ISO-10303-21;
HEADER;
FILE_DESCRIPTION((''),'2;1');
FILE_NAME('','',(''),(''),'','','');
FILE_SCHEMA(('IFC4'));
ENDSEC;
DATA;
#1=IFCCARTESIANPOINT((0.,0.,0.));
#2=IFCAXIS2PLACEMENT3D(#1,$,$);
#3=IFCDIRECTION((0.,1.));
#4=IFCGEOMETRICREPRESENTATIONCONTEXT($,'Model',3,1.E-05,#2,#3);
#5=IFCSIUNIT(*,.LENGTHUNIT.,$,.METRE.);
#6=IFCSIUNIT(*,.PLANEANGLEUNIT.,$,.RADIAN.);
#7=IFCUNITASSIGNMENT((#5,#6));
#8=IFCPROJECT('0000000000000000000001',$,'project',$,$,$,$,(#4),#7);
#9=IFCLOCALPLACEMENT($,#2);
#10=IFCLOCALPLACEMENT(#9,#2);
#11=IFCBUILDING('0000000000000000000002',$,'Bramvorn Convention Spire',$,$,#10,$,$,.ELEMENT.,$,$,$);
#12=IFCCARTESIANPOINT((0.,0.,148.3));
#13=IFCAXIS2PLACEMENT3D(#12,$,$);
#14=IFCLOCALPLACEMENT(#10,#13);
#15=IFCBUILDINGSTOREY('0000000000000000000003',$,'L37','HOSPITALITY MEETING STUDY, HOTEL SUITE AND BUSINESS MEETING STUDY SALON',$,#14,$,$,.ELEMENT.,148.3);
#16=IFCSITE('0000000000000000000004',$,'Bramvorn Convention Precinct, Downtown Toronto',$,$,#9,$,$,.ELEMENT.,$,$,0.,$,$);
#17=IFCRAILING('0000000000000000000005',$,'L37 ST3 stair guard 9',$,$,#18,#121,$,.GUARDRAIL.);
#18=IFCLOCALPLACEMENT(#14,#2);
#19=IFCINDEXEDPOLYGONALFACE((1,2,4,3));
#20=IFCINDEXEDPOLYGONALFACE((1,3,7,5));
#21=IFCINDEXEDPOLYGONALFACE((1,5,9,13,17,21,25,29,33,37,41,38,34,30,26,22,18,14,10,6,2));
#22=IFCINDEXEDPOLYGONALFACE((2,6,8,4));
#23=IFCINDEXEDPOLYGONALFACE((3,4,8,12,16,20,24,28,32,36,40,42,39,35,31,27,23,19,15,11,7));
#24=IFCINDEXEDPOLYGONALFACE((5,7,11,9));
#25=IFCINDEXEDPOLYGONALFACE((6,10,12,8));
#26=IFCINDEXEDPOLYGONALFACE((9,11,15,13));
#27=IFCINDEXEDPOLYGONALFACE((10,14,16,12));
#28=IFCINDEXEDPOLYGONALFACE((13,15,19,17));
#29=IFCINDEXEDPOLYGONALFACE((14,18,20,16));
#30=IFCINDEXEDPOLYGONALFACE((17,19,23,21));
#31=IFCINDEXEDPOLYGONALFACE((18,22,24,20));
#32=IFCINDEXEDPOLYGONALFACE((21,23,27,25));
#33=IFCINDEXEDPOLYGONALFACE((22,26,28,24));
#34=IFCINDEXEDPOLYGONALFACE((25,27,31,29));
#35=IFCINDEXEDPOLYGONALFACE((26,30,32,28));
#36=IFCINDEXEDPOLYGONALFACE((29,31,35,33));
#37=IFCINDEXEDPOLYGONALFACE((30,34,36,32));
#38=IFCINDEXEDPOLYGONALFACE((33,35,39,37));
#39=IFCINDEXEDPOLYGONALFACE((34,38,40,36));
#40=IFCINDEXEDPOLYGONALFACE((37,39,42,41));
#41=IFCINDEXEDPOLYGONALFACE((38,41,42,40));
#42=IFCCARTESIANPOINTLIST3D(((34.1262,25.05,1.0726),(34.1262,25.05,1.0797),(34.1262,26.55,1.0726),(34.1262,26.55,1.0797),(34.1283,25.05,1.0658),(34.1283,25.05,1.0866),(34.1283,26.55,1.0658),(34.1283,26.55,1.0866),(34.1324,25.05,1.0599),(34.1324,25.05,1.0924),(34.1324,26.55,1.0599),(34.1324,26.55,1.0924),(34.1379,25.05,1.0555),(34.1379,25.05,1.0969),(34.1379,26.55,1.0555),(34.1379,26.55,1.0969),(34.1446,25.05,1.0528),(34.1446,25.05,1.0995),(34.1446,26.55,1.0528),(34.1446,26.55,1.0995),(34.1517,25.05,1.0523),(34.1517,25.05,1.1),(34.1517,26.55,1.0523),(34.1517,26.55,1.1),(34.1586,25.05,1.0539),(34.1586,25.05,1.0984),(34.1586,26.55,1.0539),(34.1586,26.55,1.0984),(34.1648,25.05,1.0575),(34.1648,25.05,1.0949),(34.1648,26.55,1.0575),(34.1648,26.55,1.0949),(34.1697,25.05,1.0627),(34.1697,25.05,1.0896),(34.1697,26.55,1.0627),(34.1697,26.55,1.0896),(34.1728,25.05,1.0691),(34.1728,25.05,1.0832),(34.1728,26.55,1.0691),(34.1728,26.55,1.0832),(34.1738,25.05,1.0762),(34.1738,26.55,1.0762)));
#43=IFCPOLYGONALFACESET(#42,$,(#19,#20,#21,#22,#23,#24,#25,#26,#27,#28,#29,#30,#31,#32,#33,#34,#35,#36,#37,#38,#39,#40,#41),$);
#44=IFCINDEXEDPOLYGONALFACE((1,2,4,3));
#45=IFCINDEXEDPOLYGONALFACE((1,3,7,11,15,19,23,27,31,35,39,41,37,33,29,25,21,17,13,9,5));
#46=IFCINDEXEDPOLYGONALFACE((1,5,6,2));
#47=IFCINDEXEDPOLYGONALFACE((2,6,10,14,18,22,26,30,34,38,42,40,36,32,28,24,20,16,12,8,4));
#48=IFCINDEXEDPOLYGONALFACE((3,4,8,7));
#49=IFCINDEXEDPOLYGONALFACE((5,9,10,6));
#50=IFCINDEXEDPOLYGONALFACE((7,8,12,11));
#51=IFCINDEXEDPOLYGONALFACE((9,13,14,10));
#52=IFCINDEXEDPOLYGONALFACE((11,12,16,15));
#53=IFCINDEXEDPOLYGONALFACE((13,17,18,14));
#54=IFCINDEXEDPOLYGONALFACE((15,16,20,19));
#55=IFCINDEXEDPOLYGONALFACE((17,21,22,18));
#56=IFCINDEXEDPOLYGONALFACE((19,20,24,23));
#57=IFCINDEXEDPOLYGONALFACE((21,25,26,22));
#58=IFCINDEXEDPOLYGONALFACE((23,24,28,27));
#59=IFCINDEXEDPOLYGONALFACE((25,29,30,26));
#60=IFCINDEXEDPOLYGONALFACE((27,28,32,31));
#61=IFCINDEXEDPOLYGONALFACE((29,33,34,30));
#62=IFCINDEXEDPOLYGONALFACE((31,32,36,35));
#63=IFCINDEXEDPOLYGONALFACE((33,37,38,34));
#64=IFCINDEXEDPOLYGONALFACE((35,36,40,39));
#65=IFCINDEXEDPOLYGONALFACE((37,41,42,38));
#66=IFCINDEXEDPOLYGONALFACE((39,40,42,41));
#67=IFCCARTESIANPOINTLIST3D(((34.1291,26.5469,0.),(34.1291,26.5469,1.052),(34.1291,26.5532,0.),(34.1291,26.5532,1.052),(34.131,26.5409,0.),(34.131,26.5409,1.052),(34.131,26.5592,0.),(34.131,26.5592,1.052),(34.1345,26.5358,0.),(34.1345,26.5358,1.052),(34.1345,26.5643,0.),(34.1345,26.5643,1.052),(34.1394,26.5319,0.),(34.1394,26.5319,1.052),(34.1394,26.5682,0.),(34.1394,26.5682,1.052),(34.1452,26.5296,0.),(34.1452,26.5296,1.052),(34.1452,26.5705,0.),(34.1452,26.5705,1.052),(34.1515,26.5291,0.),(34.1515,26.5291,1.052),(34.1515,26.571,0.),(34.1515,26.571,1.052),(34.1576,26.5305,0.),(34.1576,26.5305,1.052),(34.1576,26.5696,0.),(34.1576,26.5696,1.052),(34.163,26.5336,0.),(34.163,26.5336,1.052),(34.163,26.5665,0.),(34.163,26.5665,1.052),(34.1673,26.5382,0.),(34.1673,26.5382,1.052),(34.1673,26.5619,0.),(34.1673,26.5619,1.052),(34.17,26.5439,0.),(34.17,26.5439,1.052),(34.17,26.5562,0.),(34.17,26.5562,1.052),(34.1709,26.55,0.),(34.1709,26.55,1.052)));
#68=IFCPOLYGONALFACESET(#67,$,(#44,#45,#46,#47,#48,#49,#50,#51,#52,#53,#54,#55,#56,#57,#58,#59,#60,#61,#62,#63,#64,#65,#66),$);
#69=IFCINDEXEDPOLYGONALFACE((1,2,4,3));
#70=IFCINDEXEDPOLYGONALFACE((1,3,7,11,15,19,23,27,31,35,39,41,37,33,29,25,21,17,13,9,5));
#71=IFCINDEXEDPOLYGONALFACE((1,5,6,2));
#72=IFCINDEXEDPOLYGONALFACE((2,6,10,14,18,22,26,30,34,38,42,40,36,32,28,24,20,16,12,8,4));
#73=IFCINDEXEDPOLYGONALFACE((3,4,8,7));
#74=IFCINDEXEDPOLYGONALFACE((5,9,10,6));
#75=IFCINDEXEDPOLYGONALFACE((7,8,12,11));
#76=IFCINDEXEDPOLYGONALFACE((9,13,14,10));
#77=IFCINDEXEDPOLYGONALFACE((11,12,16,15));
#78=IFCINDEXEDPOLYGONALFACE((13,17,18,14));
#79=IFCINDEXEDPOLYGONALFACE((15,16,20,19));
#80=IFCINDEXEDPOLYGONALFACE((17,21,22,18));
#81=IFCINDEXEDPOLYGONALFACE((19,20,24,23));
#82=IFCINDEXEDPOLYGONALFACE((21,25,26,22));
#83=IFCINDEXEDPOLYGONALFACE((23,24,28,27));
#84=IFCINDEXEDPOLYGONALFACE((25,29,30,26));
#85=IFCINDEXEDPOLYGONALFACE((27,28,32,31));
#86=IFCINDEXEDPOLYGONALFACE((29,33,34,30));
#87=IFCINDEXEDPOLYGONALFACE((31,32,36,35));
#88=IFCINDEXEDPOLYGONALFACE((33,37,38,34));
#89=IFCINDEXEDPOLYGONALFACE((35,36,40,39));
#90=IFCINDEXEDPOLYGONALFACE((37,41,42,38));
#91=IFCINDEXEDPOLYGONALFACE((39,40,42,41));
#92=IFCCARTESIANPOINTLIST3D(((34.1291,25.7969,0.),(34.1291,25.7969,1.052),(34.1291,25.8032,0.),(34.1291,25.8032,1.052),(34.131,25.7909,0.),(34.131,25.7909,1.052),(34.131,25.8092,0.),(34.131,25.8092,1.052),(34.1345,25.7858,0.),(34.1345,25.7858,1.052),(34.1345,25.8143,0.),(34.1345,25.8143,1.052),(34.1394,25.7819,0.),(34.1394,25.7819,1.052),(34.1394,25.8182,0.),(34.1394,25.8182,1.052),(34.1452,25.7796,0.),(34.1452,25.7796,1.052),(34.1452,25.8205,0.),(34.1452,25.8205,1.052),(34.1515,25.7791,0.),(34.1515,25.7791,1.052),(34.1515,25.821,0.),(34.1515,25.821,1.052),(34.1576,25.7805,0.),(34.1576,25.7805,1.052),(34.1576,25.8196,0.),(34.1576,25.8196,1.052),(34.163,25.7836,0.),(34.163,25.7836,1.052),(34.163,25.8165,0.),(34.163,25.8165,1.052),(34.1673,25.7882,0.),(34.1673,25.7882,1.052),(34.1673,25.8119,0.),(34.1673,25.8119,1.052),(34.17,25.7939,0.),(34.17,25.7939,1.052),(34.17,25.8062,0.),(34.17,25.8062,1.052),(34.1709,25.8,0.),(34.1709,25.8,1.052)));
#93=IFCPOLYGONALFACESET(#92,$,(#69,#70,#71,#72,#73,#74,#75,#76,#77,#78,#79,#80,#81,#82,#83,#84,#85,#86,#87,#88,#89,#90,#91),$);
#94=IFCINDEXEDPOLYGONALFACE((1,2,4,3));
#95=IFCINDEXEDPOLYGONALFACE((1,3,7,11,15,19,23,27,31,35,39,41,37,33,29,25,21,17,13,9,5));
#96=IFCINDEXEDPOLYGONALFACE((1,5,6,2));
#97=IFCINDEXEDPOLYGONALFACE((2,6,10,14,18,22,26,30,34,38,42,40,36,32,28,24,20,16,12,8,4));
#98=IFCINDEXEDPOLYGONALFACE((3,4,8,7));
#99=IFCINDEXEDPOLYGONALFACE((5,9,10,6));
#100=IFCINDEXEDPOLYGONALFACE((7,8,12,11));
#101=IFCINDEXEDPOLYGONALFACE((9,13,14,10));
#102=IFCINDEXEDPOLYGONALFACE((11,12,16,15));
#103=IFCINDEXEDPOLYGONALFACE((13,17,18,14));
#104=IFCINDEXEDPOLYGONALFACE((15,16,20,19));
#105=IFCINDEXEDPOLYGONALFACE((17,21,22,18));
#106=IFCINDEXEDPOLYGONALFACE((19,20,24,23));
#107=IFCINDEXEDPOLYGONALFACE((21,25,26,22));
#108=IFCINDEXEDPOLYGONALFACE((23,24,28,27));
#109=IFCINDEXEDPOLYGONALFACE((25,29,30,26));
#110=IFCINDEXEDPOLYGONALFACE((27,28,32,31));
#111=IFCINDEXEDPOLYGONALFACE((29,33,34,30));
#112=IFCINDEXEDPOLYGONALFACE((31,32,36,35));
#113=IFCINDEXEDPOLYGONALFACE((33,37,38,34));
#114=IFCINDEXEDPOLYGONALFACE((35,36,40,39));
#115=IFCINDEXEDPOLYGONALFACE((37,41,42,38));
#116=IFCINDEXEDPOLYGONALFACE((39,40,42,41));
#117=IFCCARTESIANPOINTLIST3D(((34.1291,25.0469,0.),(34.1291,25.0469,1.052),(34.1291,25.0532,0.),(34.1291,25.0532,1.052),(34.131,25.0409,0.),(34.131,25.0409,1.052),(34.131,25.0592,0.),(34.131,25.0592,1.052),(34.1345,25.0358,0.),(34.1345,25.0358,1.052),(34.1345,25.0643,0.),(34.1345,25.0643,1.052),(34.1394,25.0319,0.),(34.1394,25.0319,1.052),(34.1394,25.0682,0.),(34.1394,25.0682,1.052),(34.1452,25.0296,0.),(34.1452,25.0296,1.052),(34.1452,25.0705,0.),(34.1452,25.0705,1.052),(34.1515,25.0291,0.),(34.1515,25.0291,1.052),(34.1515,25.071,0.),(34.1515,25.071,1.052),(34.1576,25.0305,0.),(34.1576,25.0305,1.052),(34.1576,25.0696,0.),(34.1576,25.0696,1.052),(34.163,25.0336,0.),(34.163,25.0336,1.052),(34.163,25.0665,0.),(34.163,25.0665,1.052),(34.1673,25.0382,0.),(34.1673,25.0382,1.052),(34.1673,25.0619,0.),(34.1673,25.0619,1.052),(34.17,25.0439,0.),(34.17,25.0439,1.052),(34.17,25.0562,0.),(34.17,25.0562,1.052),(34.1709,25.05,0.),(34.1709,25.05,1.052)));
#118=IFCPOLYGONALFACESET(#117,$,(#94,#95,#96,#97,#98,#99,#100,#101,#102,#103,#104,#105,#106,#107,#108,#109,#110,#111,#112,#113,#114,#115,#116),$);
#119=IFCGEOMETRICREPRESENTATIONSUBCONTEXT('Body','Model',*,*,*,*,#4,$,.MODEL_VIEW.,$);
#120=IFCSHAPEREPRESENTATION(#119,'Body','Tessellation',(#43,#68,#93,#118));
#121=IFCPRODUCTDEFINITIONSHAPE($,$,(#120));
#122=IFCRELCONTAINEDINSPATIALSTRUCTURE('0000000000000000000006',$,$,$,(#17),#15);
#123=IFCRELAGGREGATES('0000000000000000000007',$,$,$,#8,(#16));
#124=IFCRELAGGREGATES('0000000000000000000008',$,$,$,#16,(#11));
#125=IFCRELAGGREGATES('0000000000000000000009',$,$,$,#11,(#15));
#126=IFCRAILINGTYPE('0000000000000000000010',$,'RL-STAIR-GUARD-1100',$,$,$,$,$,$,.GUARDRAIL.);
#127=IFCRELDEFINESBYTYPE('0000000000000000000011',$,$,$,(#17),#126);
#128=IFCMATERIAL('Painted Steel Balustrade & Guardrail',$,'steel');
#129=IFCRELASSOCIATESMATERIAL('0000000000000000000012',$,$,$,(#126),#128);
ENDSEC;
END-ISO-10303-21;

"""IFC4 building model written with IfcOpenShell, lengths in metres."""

from ifc_helpers import new_model, si_unit, direction, frame, origin, origin_2d, place, context, subcontext, project, spatial, circle, extrude, material, type_object, element, save


model = new_model("IFC4")

# Units and contexts
model_context = context("Model", 3, precision=1e-05, world=origin(), true_north=direction((0.0, 1.0)))
body_context = subcontext(model_context, "Body", "Model", "MODEL_VIEW")
ifc_project = project(units=[si_unit("LENGTHUNIT", "METRE"), si_unit("PLANEANGLEUNIT", "RADIAN")], contexts=[model_context])

# Site, building, storey
site_placement = place(None, origin())
site = spatial("IfcSite", under=ifc_project, at=site_placement, Name="Bramvorn Convention Precinct, Downtown Toronto", CompositionType="ELEMENT", RefElevation=0.0)
building_placement = place(site_placement, origin())
building = spatial("IfcBuilding", under=site, at=building_placement, Name="Bramvorn Convention Spire", CompositionType="ELEMENT")
storey_placement = place(building_placement, frame((0.0, 0.0, 148.3)))
storey = spatial("IfcBuildingStorey", under=building, at=storey_placement, Name="L37", Description="HOSPITALITY MEETING STUDY, HOTEL SUITE AND BUSINESS MEETING STUDY SALON", CompositionType="ELEMENT", Elevation=148.3)

# Railing
ifc_material_1 = material(Name="Painted Steel Balustrade & Guardrail", Category="steel")
railing_type_1 = type_object("IfcRailingType", Name="RL-STAIR-GUARD-1100", PredefinedType="GUARDRAIL", material=ifc_material_1)
railing_1_placement = place(storey_placement, frame((34.1499, 26.55, 0.0)))
element("IfcRailing", 1, at=railing_1_placement, inside=storey, type_object=railing_type_1, Name="L37 ST3 stair guard 9", PredefinedType="GUARDRAIL", context=body_context, shape_type="SweptSolid", body=[
    extrude(circle(Radius=0.0239, at=origin_2d()), frame((0.0, 0.0, 1.0762), z_axis=(0.0, -1.0, 0.0), x_axis=(1.0, 0.0, 0.0)), (0.0, 0.0, 1.0), 1.5),
    extrude(circle(Radius=0.021, at=origin_2d()), origin(), (0.0, 0.0, 1.0), 1.052),
    extrude(circle(Radius=0.021, at=origin_2d()), frame((0.0, -0.75, 0.0)), (0.0, 0.0, 1.0), 1.052),
    extrude(circle(Radius=0.021, at=origin_2d()), frame((0.0, -1.5, 0.0)), (0.0, 0.0, 1.0), 1.052),
])

save(model, "model.ifc")
